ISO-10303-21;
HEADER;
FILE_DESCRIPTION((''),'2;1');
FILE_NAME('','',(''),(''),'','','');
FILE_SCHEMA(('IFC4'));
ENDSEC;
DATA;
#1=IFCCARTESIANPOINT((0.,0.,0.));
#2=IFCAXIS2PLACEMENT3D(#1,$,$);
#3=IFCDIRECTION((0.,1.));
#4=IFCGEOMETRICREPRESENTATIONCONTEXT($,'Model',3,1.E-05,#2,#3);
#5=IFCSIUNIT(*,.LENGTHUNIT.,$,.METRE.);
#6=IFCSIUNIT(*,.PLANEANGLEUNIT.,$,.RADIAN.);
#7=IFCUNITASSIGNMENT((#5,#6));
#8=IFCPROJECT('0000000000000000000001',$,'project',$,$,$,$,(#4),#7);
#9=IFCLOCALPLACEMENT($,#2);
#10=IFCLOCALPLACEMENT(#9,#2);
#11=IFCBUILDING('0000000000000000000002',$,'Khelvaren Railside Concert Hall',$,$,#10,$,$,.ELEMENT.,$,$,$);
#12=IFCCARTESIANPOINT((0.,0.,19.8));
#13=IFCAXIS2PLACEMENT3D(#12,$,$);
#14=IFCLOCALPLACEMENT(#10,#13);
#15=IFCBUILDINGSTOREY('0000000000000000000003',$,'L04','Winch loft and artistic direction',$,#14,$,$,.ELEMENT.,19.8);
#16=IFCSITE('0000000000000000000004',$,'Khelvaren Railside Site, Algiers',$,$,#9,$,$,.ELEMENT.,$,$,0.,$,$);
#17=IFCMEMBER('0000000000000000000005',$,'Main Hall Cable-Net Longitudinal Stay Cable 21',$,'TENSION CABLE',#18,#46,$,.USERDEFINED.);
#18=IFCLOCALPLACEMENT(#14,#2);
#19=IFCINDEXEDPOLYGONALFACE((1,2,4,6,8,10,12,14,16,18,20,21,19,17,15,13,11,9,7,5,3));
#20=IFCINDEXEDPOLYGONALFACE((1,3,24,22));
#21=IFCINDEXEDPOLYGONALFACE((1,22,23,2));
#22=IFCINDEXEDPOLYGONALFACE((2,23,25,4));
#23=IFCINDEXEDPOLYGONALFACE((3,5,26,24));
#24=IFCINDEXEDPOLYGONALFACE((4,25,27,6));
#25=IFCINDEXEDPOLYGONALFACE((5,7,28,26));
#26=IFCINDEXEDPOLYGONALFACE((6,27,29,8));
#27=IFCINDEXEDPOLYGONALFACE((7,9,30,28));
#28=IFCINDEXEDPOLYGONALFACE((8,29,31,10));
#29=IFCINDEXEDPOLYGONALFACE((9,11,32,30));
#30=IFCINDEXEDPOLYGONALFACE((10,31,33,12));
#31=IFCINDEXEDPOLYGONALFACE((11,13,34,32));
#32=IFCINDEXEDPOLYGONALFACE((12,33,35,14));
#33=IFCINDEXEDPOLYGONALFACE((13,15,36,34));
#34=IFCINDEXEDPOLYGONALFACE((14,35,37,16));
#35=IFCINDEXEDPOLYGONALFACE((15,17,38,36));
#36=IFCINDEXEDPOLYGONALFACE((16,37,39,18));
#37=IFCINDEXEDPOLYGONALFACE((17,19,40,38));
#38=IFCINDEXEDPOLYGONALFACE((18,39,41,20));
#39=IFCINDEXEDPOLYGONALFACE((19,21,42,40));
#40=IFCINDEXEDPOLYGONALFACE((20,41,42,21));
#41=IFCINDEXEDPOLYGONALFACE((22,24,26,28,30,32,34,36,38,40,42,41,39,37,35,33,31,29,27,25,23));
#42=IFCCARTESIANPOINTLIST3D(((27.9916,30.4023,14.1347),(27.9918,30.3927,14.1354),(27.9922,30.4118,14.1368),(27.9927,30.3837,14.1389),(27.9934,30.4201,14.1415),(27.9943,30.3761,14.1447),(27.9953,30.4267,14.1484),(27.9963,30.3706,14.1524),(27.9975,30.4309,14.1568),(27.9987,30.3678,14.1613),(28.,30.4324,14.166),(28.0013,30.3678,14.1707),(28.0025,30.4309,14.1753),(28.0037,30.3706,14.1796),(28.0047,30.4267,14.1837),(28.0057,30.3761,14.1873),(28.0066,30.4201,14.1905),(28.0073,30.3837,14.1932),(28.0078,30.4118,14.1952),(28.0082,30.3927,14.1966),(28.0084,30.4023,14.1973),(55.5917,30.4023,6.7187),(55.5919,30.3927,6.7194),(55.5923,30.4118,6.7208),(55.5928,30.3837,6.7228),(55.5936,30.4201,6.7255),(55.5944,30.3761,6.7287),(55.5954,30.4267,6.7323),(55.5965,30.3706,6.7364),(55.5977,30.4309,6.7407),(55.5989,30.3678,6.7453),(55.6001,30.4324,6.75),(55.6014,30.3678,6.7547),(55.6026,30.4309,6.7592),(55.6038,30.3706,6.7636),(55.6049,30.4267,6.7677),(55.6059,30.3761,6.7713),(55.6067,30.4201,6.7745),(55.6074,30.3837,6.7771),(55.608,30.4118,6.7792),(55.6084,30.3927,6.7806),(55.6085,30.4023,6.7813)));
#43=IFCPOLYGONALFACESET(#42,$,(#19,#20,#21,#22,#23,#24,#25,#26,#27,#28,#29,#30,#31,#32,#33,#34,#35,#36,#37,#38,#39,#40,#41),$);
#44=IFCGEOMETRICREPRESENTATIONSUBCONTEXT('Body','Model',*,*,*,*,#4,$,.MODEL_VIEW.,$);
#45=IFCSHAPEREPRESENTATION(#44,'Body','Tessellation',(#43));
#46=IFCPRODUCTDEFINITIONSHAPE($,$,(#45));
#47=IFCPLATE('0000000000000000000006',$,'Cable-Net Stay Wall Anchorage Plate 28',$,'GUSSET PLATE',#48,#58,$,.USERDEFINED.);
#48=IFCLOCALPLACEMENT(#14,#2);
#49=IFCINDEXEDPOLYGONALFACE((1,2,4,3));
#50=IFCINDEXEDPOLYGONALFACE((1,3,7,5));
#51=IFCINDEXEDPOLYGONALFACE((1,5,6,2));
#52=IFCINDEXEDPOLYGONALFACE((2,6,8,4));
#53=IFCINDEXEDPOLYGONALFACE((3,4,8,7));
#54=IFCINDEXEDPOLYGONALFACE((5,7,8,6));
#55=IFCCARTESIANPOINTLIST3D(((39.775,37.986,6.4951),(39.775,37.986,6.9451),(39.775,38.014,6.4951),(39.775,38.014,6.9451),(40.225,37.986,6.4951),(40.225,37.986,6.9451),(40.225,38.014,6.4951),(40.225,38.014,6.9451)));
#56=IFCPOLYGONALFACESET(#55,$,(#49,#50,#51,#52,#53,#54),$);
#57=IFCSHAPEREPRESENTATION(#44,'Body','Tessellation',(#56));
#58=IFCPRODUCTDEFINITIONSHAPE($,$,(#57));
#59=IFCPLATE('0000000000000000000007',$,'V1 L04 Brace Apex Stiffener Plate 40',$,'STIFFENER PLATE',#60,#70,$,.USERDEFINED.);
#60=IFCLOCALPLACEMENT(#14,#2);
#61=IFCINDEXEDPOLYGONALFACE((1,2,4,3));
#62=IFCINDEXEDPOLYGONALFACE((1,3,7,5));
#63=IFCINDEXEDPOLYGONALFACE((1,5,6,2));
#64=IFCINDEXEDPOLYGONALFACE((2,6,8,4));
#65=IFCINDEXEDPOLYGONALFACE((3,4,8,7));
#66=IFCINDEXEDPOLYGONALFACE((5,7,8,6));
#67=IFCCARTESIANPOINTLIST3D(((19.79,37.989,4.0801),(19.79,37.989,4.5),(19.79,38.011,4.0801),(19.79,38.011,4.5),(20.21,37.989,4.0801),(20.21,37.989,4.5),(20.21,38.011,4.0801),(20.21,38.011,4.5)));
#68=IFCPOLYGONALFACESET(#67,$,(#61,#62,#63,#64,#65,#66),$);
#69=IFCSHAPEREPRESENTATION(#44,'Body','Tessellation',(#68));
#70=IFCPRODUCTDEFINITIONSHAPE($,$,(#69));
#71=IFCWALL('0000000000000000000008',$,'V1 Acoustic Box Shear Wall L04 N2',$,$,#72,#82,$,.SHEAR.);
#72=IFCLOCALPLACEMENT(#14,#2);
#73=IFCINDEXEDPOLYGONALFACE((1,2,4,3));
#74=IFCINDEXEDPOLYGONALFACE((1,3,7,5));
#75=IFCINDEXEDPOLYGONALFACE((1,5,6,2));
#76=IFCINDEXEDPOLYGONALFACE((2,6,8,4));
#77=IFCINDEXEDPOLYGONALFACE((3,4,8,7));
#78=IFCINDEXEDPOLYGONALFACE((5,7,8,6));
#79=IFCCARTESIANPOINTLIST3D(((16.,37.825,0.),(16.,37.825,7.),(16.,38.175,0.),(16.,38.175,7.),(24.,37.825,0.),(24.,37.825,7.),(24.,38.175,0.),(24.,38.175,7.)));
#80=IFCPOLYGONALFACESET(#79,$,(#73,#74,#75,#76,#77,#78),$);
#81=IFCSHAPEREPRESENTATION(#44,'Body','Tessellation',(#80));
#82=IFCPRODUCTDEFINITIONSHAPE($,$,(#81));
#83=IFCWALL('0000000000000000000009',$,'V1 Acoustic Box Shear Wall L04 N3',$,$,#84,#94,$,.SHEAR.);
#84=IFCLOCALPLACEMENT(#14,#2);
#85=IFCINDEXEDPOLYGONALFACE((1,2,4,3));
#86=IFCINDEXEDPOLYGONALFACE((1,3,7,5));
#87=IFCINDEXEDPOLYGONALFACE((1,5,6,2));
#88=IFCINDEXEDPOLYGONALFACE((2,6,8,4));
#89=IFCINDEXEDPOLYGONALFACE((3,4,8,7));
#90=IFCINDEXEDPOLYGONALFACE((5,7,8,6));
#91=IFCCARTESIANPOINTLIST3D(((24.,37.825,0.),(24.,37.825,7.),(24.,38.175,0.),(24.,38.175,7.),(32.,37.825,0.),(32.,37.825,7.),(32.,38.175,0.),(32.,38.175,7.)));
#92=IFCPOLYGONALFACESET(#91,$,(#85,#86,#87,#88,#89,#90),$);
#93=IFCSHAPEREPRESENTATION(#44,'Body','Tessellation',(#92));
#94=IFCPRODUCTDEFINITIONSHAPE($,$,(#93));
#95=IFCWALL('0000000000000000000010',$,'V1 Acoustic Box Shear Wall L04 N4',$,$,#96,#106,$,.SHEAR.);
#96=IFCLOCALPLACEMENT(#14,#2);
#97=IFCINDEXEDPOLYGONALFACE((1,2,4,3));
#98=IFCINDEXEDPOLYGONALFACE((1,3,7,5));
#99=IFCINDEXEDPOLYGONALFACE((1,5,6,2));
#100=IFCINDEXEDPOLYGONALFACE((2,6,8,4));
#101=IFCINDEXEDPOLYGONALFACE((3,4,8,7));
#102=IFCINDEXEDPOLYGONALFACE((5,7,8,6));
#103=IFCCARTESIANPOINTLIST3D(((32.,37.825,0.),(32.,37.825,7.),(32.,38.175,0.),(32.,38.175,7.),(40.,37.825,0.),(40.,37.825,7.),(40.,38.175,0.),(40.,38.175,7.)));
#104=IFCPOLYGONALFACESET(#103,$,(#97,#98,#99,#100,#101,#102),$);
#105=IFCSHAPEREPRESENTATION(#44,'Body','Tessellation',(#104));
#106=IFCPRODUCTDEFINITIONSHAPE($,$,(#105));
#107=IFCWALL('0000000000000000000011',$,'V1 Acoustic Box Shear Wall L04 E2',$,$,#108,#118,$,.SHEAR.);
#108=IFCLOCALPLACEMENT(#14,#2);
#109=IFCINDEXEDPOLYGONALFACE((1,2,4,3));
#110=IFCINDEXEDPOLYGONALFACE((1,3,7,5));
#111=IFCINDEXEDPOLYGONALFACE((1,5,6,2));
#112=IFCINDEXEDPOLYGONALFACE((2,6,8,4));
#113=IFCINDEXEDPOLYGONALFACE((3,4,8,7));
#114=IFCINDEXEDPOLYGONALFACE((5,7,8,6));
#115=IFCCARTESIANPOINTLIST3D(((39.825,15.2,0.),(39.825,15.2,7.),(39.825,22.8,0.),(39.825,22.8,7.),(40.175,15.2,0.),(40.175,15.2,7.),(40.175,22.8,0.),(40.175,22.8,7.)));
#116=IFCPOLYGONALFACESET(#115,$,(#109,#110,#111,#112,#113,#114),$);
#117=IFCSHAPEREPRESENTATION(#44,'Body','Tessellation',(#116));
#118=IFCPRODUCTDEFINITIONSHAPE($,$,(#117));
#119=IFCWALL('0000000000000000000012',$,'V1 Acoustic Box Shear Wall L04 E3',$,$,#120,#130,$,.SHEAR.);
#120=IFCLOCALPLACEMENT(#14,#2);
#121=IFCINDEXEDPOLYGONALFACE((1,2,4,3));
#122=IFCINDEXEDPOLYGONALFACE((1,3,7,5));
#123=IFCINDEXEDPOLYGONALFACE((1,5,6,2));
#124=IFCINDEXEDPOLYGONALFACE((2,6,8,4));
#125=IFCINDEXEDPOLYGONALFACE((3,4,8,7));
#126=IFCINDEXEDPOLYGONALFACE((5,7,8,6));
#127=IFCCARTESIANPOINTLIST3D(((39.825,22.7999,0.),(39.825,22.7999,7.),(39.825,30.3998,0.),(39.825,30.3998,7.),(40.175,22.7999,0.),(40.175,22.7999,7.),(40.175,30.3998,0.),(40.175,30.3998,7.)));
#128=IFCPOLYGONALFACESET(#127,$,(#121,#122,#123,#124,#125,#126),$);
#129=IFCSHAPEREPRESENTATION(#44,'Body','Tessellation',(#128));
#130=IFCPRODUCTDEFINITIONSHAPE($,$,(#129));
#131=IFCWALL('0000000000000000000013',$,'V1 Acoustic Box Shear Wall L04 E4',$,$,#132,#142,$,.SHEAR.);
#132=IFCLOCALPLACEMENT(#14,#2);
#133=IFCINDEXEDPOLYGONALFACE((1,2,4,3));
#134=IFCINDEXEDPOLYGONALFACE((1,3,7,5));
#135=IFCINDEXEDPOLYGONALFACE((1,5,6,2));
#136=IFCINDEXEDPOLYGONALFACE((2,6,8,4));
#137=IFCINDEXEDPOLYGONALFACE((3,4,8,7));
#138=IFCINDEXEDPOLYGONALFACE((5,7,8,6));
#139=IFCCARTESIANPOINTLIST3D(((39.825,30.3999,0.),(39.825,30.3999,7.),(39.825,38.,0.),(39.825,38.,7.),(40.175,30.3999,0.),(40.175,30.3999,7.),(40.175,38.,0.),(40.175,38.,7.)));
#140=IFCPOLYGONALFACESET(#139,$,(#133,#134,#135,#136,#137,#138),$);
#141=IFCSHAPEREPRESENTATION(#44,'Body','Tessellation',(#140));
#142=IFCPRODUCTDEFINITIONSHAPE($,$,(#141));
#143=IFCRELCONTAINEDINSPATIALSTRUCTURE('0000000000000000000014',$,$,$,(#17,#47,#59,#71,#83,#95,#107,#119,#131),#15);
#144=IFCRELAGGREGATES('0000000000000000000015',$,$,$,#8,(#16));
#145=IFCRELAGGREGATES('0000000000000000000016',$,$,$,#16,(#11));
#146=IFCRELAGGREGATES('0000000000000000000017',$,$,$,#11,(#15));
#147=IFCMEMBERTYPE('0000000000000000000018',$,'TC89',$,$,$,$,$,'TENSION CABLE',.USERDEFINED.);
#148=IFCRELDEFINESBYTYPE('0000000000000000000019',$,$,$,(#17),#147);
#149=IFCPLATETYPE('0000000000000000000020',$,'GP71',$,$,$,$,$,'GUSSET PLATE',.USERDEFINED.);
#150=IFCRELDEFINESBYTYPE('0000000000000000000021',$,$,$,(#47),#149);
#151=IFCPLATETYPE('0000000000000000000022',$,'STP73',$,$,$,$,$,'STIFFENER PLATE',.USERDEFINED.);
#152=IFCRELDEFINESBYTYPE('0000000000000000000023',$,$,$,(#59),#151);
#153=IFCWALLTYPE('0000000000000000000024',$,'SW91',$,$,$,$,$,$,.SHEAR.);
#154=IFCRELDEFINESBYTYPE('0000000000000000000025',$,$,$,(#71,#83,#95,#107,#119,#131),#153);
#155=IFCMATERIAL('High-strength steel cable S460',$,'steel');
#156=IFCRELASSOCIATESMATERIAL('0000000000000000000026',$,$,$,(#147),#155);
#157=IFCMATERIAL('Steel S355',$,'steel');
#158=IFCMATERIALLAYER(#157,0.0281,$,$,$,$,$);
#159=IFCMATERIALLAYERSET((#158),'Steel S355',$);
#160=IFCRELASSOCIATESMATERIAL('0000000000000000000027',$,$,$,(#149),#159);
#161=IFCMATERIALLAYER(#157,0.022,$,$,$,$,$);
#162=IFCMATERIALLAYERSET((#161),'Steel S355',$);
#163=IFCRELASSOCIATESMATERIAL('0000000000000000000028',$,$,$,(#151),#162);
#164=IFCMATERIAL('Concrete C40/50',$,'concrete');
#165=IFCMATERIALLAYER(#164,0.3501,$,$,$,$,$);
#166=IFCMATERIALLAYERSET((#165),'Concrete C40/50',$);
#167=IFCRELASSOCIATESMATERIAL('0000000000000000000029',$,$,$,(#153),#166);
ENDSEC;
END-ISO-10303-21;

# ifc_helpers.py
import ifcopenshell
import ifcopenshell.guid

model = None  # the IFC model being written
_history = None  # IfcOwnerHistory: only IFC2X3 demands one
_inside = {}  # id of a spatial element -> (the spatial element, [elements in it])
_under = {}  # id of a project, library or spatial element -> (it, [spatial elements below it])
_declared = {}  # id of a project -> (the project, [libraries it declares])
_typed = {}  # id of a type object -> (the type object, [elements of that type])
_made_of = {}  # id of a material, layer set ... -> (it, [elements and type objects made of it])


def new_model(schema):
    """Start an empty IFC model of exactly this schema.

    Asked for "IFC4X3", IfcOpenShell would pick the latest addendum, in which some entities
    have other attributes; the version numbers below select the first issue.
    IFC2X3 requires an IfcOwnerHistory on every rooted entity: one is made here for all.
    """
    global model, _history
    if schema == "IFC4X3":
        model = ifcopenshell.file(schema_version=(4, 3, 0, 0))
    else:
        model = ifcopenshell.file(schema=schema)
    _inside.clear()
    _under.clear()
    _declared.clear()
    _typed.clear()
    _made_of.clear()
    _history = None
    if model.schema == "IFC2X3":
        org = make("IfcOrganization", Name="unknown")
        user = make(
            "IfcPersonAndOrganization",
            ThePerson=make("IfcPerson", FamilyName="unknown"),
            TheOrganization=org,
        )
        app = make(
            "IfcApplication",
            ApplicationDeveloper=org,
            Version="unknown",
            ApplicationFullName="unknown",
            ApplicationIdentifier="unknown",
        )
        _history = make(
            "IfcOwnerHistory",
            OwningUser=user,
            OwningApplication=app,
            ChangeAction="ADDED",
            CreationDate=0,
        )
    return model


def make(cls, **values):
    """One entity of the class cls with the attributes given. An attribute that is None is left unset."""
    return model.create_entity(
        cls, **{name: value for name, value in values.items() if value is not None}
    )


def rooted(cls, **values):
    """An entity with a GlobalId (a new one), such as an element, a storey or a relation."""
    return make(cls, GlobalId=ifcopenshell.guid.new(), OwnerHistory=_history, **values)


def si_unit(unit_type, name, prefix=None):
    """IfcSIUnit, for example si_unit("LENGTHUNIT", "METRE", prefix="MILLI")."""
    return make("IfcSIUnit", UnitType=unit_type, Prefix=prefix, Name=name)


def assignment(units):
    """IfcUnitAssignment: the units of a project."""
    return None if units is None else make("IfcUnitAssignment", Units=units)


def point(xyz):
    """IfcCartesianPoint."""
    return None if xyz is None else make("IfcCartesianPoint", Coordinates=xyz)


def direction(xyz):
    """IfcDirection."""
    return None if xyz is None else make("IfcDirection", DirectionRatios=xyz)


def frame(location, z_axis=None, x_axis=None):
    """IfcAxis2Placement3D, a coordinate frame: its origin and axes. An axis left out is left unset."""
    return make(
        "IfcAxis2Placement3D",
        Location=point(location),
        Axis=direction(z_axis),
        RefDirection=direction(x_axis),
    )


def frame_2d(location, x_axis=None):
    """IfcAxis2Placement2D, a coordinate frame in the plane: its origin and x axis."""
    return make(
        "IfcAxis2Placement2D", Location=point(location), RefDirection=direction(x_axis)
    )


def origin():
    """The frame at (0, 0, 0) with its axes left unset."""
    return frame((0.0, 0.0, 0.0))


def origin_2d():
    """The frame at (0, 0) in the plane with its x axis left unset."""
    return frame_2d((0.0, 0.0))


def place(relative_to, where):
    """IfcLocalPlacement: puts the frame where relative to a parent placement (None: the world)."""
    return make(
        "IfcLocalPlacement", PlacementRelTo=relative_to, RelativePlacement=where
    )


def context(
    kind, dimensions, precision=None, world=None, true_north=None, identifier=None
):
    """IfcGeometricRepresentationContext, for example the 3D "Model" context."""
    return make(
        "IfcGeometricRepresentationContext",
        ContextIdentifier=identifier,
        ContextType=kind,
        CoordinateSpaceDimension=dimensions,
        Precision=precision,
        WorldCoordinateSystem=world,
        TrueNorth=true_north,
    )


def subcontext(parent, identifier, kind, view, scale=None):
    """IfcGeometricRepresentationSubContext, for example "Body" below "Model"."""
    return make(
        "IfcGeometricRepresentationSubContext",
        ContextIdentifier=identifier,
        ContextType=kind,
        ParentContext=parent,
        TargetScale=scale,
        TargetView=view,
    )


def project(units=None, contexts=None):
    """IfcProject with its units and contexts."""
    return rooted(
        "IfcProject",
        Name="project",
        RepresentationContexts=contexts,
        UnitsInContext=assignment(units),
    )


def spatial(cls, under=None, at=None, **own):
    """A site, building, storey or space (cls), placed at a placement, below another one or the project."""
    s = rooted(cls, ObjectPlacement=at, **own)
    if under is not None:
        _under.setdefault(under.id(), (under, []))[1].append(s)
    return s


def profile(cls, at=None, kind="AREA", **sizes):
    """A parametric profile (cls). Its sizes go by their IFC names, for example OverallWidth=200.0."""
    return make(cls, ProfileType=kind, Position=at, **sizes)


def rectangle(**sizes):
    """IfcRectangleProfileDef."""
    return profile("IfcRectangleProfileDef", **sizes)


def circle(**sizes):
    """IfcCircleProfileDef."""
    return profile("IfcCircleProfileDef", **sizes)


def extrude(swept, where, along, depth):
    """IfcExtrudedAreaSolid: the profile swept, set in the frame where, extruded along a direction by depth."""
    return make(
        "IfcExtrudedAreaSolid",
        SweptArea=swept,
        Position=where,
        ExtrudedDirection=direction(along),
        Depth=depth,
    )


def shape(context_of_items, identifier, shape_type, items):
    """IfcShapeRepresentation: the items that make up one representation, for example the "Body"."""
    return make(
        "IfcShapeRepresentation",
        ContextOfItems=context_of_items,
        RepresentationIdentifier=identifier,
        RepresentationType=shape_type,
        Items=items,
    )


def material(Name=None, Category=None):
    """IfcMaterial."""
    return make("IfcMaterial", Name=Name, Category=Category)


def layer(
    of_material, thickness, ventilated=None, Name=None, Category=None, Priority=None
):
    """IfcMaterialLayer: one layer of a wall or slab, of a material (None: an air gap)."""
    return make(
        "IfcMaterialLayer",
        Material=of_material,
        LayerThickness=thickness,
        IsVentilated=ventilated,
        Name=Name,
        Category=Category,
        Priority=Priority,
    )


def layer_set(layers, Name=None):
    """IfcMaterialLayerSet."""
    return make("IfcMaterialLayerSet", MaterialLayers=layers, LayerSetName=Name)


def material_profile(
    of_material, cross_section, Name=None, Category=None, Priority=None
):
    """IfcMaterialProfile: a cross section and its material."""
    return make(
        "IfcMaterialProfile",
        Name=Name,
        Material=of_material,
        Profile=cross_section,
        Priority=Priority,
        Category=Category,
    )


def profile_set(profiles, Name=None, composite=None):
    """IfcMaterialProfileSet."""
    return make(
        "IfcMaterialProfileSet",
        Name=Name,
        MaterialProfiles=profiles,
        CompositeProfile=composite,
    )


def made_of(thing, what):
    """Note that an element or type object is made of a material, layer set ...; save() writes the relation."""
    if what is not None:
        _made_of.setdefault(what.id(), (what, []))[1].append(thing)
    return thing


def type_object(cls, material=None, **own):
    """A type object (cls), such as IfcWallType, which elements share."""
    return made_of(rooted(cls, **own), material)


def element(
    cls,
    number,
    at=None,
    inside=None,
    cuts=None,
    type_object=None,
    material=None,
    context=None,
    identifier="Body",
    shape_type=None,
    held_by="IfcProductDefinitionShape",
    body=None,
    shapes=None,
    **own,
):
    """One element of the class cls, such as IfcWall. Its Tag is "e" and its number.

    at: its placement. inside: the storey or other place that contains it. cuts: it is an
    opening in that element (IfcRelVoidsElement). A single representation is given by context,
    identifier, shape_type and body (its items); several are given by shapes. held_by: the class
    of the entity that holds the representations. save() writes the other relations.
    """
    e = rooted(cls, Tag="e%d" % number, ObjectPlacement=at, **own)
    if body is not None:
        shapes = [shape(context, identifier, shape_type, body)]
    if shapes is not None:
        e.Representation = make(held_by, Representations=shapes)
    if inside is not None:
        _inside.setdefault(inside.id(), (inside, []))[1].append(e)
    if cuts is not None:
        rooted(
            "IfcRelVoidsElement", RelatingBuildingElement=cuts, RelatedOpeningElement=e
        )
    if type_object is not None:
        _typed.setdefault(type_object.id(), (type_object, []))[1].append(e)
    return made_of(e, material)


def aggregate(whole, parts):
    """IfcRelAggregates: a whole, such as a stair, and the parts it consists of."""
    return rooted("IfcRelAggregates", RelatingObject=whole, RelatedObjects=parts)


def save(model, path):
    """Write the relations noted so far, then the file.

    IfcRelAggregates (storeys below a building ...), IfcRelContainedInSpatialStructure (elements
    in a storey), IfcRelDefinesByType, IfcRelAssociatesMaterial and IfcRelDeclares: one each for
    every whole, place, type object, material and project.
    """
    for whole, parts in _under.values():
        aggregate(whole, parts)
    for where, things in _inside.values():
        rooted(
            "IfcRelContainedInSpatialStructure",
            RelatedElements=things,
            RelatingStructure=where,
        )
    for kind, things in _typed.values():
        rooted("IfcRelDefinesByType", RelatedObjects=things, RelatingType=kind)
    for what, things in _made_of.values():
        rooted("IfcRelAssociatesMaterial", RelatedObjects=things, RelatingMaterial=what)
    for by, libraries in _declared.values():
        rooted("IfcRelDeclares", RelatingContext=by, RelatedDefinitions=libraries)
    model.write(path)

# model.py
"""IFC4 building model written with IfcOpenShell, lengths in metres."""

from ifc_helpers import new_model, si_unit, direction, frame, frame_2d, origin, origin_2d, place, context, subcontext, project, spatial, rectangle, circle, extrude, material, layer, layer_set, material_profile, profile_set, type_object, element, save


model = new_model("IFC4")

# Units and contexts
model_context = context("Model", 3, precision=1e-05, world=origin(), true_north=direction((0.0, 1.0)))
body_context = subcontext(model_context, "Body", "Model", "MODEL_VIEW")
ifc_project = project(units=[si_unit("LENGTHUNIT", "METRE"), si_unit("PLANEANGLEUNIT", "RADIAN")], contexts=[model_context])

# Site, building, storey
site_placement = place(None, origin())
site = spatial("IfcSite", under=ifc_project, at=site_placement, Name="Khelvaren Railside Site, Algiers", CompositionType="ELEMENT", RefElevation=0.0)
building_placement = place(site_placement, origin())
building = spatial("IfcBuilding", under=site, at=building_placement, Name="Khelvaren Railside Concert Hall", CompositionType="ELEMENT")
storey_placement = place(building_placement, frame((0.0, 0.0, 19.8)))
storey = spatial("IfcBuildingStorey", under=building, at=storey_placement, Name="L04", Description="Winch loft and artistic direction", CompositionType="ELEMENT", Elevation=19.8)

# Shared definitions
ifc_material_1 = material(Name="Steel S355", Category="steel")

# Shared definitions
ifc_material_2 = material(Name="Concrete C40/50", Category="concrete")

# Member
ifc_material_3 = material(Name="High-strength steel cable S460", Category="steel")
ifc_material_profile_1 = material_profile(ifc_material_3, circle(Radius=0.0325, at=origin_2d()), Name="LCB D65")
ifc_profile_set_1 = profile_set([ifc_material_profile_1], Name="High-strength steel cable S460")
member_type_1 = type_object("IfcMemberType", Name="TC89", ElementType="TENSION CABLE", PredefinedType="USERDEFINED", material=ifc_profile_set_1)
member_1_placement = place(storey_placement, frame((28.0, 30.3999, 14.166), z_axis=(0.965745, 0.0, -0.259491), x_axis=(0.0, 1.0, 0.0)))
element("IfcMember", 1, at=member_1_placement, inside=storey, type_object=member_type_1, Name="Main Hall Cable-Net Longitudinal Stay Cable 21", ObjectType="TENSION CABLE", PredefinedType="USERDEFINED", context=body_context, shape_type="SweptSolid", body=[
    extrude(circle(Radius=0.0325, at=origin_2d()), origin(), (0.0, 0.0, 1.0), 28.5791),
])

# Plates
ifc_layer_1 = layer(ifc_material_1, 0.0281)
ifc_layer_set_1 = layer_set([ifc_layer_1], Name="Steel S355")
plate_type_1 = type_object("IfcPlateType", Name="GP71", ElementType="GUSSET PLATE", PredefinedType="USERDEFINED", material=ifc_layer_set_1)
plate_1_placement = place(storey_placement, frame((40.0, 38.0, 6.4951), z_axis=(0.0, 0.0, 1.0), x_axis=(1.0, 0.0, 0.0)))
element("IfcPlate", 2, at=plate_1_placement, inside=storey, type_object=plate_type_1, Name="Cable-Net Stay Wall Anchorage Plate 28", ObjectType="GUSSET PLATE", PredefinedType="USERDEFINED", context=body_context, shape_type="SweptSolid", body=[
    extrude(rectangle(XDim=0.45, YDim=0.0281, at=origin_2d()), origin(), (0.0, 0.0, 1.0), 0.45),
])
ifc_layer_2 = layer(ifc_material_1, 0.022)
ifc_layer_set_2 = layer_set([ifc_layer_2], Name="Steel S355")
plate_type_2 = type_object("IfcPlateType", Name="STP73", ElementType="STIFFENER PLATE", PredefinedType="USERDEFINED", material=ifc_layer_set_2)
plate_2_placement = place(storey_placement, frame((20.0, 38.0, 4.0801), z_axis=(0.0, 0.0, 1.0), x_axis=(1.0, 0.0, 0.0)))
element("IfcPlate", 3, at=plate_2_placement, inside=storey, type_object=plate_type_2, Name="V1 L04 Brace Apex Stiffener Plate 40", ObjectType="STIFFENER PLATE", PredefinedType="USERDEFINED", context=body_context, shape_type="SweptSolid", body=[
    extrude(rectangle(XDim=0.4199, YDim=0.022, at=origin_2d()), origin(), (0.0, 0.0, 1.0), 0.4199),
])

# Walls
ifc_layer_3 = layer(ifc_material_2, 0.3501)
ifc_layer_set_3 = layer_set([ifc_layer_3], Name="Concrete C40/50")
wall_type = type_object("IfcWallType", Name="SW91", PredefinedType="SHEAR", material=ifc_layer_set_3)
for number, where, z_axis, x_axis, name in (
    (4, (16.0, 38.0, 0.0), (0.0, 0.0, 1.0), (1.0, 0.0, 0.0), "V1 Acoustic Box Shear Wall L04 N2"),
    (5, (24.0, 38.0, 0.0), (0.0, 0.0, 1.0), (1.0, 0.0, 0.0), "V1 Acoustic Box Shear Wall L04 N3"),
    (6, (32.0, 38.0, 0.0), (0.0, 0.0, 1.0), (1.0, 0.0, 0.0), "V1 Acoustic Box Shear Wall L04 N4"),
):
    element("IfcWall", number, at=place(storey_placement, frame(where, z_axis=z_axis, x_axis=x_axis)), inside=storey, type_object=wall_type, Name=name, PredefinedType="SHEAR", context=body_context, shape_type="SweptSolid", body=[
        extrude(rectangle(XDim=8.0, YDim=0.3501, at=frame_2d((4.0, 0.0))), origin(), (0.0, 0.0, 1.0), 7.0),
    ])
wall_1_placement = place(storey_placement, frame((40.0, 15.2, 0.0), z_axis=(0.0, 0.0, 1.0), x_axis=(0.0, 1.0, 0.0)))
element("IfcWall", 7, at=wall_1_placement, inside=storey, type_object=wall_type, Name="V1 Acoustic Box Shear Wall L04 E2", PredefinedType="SHEAR", context=body_context, shape_type="SweptSolid", body=[
    extrude(rectangle(XDim=7.6001, YDim=0.3501, at=frame_2d((3.8, 0.0))), origin(), (0.0, 0.0, 1.0), 7.0),
])
wall_2_placement = place(storey_placement, frame((40.0, 22.8, 0.0), z_axis=(0.0, 0.0, 1.0), x_axis=(0.0, 1.0, 0.0)))
element("IfcWall", 8, at=wall_2_placement, inside=storey, type_object=wall_type, Name="V1 Acoustic Box Shear Wall L04 E3", PredefinedType="SHEAR", context=body_context, shape_type="SweptSolid", body=[
    extrude(rectangle(XDim=7.5999, YDim=0.3501, at=frame_2d((3.7998, 0.0))), origin(), (0.0, 0.0, 1.0), 7.0),
])
wall_3_placement = place(storey_placement, frame((40.0, 30.3999, 0.0), z_axis=(0.0, 0.0, 1.0), x_axis=(0.0, 1.0, 0.0)))
element("IfcWall", 9, at=wall_3_placement, inside=storey, type_object=wall_type, Name="V1 Acoustic Box Shear Wall L04 E4", PredefinedType="SHEAR", context=body_context, shape_type="SweptSolid", body=[
    extrude(rectangle(XDim=7.6001, YDim=0.3501, at=frame_2d((3.8, 0.0))), origin(), (0.0, 0.0, 1.0), 7.0),
])

save(model, "model.ifc")
